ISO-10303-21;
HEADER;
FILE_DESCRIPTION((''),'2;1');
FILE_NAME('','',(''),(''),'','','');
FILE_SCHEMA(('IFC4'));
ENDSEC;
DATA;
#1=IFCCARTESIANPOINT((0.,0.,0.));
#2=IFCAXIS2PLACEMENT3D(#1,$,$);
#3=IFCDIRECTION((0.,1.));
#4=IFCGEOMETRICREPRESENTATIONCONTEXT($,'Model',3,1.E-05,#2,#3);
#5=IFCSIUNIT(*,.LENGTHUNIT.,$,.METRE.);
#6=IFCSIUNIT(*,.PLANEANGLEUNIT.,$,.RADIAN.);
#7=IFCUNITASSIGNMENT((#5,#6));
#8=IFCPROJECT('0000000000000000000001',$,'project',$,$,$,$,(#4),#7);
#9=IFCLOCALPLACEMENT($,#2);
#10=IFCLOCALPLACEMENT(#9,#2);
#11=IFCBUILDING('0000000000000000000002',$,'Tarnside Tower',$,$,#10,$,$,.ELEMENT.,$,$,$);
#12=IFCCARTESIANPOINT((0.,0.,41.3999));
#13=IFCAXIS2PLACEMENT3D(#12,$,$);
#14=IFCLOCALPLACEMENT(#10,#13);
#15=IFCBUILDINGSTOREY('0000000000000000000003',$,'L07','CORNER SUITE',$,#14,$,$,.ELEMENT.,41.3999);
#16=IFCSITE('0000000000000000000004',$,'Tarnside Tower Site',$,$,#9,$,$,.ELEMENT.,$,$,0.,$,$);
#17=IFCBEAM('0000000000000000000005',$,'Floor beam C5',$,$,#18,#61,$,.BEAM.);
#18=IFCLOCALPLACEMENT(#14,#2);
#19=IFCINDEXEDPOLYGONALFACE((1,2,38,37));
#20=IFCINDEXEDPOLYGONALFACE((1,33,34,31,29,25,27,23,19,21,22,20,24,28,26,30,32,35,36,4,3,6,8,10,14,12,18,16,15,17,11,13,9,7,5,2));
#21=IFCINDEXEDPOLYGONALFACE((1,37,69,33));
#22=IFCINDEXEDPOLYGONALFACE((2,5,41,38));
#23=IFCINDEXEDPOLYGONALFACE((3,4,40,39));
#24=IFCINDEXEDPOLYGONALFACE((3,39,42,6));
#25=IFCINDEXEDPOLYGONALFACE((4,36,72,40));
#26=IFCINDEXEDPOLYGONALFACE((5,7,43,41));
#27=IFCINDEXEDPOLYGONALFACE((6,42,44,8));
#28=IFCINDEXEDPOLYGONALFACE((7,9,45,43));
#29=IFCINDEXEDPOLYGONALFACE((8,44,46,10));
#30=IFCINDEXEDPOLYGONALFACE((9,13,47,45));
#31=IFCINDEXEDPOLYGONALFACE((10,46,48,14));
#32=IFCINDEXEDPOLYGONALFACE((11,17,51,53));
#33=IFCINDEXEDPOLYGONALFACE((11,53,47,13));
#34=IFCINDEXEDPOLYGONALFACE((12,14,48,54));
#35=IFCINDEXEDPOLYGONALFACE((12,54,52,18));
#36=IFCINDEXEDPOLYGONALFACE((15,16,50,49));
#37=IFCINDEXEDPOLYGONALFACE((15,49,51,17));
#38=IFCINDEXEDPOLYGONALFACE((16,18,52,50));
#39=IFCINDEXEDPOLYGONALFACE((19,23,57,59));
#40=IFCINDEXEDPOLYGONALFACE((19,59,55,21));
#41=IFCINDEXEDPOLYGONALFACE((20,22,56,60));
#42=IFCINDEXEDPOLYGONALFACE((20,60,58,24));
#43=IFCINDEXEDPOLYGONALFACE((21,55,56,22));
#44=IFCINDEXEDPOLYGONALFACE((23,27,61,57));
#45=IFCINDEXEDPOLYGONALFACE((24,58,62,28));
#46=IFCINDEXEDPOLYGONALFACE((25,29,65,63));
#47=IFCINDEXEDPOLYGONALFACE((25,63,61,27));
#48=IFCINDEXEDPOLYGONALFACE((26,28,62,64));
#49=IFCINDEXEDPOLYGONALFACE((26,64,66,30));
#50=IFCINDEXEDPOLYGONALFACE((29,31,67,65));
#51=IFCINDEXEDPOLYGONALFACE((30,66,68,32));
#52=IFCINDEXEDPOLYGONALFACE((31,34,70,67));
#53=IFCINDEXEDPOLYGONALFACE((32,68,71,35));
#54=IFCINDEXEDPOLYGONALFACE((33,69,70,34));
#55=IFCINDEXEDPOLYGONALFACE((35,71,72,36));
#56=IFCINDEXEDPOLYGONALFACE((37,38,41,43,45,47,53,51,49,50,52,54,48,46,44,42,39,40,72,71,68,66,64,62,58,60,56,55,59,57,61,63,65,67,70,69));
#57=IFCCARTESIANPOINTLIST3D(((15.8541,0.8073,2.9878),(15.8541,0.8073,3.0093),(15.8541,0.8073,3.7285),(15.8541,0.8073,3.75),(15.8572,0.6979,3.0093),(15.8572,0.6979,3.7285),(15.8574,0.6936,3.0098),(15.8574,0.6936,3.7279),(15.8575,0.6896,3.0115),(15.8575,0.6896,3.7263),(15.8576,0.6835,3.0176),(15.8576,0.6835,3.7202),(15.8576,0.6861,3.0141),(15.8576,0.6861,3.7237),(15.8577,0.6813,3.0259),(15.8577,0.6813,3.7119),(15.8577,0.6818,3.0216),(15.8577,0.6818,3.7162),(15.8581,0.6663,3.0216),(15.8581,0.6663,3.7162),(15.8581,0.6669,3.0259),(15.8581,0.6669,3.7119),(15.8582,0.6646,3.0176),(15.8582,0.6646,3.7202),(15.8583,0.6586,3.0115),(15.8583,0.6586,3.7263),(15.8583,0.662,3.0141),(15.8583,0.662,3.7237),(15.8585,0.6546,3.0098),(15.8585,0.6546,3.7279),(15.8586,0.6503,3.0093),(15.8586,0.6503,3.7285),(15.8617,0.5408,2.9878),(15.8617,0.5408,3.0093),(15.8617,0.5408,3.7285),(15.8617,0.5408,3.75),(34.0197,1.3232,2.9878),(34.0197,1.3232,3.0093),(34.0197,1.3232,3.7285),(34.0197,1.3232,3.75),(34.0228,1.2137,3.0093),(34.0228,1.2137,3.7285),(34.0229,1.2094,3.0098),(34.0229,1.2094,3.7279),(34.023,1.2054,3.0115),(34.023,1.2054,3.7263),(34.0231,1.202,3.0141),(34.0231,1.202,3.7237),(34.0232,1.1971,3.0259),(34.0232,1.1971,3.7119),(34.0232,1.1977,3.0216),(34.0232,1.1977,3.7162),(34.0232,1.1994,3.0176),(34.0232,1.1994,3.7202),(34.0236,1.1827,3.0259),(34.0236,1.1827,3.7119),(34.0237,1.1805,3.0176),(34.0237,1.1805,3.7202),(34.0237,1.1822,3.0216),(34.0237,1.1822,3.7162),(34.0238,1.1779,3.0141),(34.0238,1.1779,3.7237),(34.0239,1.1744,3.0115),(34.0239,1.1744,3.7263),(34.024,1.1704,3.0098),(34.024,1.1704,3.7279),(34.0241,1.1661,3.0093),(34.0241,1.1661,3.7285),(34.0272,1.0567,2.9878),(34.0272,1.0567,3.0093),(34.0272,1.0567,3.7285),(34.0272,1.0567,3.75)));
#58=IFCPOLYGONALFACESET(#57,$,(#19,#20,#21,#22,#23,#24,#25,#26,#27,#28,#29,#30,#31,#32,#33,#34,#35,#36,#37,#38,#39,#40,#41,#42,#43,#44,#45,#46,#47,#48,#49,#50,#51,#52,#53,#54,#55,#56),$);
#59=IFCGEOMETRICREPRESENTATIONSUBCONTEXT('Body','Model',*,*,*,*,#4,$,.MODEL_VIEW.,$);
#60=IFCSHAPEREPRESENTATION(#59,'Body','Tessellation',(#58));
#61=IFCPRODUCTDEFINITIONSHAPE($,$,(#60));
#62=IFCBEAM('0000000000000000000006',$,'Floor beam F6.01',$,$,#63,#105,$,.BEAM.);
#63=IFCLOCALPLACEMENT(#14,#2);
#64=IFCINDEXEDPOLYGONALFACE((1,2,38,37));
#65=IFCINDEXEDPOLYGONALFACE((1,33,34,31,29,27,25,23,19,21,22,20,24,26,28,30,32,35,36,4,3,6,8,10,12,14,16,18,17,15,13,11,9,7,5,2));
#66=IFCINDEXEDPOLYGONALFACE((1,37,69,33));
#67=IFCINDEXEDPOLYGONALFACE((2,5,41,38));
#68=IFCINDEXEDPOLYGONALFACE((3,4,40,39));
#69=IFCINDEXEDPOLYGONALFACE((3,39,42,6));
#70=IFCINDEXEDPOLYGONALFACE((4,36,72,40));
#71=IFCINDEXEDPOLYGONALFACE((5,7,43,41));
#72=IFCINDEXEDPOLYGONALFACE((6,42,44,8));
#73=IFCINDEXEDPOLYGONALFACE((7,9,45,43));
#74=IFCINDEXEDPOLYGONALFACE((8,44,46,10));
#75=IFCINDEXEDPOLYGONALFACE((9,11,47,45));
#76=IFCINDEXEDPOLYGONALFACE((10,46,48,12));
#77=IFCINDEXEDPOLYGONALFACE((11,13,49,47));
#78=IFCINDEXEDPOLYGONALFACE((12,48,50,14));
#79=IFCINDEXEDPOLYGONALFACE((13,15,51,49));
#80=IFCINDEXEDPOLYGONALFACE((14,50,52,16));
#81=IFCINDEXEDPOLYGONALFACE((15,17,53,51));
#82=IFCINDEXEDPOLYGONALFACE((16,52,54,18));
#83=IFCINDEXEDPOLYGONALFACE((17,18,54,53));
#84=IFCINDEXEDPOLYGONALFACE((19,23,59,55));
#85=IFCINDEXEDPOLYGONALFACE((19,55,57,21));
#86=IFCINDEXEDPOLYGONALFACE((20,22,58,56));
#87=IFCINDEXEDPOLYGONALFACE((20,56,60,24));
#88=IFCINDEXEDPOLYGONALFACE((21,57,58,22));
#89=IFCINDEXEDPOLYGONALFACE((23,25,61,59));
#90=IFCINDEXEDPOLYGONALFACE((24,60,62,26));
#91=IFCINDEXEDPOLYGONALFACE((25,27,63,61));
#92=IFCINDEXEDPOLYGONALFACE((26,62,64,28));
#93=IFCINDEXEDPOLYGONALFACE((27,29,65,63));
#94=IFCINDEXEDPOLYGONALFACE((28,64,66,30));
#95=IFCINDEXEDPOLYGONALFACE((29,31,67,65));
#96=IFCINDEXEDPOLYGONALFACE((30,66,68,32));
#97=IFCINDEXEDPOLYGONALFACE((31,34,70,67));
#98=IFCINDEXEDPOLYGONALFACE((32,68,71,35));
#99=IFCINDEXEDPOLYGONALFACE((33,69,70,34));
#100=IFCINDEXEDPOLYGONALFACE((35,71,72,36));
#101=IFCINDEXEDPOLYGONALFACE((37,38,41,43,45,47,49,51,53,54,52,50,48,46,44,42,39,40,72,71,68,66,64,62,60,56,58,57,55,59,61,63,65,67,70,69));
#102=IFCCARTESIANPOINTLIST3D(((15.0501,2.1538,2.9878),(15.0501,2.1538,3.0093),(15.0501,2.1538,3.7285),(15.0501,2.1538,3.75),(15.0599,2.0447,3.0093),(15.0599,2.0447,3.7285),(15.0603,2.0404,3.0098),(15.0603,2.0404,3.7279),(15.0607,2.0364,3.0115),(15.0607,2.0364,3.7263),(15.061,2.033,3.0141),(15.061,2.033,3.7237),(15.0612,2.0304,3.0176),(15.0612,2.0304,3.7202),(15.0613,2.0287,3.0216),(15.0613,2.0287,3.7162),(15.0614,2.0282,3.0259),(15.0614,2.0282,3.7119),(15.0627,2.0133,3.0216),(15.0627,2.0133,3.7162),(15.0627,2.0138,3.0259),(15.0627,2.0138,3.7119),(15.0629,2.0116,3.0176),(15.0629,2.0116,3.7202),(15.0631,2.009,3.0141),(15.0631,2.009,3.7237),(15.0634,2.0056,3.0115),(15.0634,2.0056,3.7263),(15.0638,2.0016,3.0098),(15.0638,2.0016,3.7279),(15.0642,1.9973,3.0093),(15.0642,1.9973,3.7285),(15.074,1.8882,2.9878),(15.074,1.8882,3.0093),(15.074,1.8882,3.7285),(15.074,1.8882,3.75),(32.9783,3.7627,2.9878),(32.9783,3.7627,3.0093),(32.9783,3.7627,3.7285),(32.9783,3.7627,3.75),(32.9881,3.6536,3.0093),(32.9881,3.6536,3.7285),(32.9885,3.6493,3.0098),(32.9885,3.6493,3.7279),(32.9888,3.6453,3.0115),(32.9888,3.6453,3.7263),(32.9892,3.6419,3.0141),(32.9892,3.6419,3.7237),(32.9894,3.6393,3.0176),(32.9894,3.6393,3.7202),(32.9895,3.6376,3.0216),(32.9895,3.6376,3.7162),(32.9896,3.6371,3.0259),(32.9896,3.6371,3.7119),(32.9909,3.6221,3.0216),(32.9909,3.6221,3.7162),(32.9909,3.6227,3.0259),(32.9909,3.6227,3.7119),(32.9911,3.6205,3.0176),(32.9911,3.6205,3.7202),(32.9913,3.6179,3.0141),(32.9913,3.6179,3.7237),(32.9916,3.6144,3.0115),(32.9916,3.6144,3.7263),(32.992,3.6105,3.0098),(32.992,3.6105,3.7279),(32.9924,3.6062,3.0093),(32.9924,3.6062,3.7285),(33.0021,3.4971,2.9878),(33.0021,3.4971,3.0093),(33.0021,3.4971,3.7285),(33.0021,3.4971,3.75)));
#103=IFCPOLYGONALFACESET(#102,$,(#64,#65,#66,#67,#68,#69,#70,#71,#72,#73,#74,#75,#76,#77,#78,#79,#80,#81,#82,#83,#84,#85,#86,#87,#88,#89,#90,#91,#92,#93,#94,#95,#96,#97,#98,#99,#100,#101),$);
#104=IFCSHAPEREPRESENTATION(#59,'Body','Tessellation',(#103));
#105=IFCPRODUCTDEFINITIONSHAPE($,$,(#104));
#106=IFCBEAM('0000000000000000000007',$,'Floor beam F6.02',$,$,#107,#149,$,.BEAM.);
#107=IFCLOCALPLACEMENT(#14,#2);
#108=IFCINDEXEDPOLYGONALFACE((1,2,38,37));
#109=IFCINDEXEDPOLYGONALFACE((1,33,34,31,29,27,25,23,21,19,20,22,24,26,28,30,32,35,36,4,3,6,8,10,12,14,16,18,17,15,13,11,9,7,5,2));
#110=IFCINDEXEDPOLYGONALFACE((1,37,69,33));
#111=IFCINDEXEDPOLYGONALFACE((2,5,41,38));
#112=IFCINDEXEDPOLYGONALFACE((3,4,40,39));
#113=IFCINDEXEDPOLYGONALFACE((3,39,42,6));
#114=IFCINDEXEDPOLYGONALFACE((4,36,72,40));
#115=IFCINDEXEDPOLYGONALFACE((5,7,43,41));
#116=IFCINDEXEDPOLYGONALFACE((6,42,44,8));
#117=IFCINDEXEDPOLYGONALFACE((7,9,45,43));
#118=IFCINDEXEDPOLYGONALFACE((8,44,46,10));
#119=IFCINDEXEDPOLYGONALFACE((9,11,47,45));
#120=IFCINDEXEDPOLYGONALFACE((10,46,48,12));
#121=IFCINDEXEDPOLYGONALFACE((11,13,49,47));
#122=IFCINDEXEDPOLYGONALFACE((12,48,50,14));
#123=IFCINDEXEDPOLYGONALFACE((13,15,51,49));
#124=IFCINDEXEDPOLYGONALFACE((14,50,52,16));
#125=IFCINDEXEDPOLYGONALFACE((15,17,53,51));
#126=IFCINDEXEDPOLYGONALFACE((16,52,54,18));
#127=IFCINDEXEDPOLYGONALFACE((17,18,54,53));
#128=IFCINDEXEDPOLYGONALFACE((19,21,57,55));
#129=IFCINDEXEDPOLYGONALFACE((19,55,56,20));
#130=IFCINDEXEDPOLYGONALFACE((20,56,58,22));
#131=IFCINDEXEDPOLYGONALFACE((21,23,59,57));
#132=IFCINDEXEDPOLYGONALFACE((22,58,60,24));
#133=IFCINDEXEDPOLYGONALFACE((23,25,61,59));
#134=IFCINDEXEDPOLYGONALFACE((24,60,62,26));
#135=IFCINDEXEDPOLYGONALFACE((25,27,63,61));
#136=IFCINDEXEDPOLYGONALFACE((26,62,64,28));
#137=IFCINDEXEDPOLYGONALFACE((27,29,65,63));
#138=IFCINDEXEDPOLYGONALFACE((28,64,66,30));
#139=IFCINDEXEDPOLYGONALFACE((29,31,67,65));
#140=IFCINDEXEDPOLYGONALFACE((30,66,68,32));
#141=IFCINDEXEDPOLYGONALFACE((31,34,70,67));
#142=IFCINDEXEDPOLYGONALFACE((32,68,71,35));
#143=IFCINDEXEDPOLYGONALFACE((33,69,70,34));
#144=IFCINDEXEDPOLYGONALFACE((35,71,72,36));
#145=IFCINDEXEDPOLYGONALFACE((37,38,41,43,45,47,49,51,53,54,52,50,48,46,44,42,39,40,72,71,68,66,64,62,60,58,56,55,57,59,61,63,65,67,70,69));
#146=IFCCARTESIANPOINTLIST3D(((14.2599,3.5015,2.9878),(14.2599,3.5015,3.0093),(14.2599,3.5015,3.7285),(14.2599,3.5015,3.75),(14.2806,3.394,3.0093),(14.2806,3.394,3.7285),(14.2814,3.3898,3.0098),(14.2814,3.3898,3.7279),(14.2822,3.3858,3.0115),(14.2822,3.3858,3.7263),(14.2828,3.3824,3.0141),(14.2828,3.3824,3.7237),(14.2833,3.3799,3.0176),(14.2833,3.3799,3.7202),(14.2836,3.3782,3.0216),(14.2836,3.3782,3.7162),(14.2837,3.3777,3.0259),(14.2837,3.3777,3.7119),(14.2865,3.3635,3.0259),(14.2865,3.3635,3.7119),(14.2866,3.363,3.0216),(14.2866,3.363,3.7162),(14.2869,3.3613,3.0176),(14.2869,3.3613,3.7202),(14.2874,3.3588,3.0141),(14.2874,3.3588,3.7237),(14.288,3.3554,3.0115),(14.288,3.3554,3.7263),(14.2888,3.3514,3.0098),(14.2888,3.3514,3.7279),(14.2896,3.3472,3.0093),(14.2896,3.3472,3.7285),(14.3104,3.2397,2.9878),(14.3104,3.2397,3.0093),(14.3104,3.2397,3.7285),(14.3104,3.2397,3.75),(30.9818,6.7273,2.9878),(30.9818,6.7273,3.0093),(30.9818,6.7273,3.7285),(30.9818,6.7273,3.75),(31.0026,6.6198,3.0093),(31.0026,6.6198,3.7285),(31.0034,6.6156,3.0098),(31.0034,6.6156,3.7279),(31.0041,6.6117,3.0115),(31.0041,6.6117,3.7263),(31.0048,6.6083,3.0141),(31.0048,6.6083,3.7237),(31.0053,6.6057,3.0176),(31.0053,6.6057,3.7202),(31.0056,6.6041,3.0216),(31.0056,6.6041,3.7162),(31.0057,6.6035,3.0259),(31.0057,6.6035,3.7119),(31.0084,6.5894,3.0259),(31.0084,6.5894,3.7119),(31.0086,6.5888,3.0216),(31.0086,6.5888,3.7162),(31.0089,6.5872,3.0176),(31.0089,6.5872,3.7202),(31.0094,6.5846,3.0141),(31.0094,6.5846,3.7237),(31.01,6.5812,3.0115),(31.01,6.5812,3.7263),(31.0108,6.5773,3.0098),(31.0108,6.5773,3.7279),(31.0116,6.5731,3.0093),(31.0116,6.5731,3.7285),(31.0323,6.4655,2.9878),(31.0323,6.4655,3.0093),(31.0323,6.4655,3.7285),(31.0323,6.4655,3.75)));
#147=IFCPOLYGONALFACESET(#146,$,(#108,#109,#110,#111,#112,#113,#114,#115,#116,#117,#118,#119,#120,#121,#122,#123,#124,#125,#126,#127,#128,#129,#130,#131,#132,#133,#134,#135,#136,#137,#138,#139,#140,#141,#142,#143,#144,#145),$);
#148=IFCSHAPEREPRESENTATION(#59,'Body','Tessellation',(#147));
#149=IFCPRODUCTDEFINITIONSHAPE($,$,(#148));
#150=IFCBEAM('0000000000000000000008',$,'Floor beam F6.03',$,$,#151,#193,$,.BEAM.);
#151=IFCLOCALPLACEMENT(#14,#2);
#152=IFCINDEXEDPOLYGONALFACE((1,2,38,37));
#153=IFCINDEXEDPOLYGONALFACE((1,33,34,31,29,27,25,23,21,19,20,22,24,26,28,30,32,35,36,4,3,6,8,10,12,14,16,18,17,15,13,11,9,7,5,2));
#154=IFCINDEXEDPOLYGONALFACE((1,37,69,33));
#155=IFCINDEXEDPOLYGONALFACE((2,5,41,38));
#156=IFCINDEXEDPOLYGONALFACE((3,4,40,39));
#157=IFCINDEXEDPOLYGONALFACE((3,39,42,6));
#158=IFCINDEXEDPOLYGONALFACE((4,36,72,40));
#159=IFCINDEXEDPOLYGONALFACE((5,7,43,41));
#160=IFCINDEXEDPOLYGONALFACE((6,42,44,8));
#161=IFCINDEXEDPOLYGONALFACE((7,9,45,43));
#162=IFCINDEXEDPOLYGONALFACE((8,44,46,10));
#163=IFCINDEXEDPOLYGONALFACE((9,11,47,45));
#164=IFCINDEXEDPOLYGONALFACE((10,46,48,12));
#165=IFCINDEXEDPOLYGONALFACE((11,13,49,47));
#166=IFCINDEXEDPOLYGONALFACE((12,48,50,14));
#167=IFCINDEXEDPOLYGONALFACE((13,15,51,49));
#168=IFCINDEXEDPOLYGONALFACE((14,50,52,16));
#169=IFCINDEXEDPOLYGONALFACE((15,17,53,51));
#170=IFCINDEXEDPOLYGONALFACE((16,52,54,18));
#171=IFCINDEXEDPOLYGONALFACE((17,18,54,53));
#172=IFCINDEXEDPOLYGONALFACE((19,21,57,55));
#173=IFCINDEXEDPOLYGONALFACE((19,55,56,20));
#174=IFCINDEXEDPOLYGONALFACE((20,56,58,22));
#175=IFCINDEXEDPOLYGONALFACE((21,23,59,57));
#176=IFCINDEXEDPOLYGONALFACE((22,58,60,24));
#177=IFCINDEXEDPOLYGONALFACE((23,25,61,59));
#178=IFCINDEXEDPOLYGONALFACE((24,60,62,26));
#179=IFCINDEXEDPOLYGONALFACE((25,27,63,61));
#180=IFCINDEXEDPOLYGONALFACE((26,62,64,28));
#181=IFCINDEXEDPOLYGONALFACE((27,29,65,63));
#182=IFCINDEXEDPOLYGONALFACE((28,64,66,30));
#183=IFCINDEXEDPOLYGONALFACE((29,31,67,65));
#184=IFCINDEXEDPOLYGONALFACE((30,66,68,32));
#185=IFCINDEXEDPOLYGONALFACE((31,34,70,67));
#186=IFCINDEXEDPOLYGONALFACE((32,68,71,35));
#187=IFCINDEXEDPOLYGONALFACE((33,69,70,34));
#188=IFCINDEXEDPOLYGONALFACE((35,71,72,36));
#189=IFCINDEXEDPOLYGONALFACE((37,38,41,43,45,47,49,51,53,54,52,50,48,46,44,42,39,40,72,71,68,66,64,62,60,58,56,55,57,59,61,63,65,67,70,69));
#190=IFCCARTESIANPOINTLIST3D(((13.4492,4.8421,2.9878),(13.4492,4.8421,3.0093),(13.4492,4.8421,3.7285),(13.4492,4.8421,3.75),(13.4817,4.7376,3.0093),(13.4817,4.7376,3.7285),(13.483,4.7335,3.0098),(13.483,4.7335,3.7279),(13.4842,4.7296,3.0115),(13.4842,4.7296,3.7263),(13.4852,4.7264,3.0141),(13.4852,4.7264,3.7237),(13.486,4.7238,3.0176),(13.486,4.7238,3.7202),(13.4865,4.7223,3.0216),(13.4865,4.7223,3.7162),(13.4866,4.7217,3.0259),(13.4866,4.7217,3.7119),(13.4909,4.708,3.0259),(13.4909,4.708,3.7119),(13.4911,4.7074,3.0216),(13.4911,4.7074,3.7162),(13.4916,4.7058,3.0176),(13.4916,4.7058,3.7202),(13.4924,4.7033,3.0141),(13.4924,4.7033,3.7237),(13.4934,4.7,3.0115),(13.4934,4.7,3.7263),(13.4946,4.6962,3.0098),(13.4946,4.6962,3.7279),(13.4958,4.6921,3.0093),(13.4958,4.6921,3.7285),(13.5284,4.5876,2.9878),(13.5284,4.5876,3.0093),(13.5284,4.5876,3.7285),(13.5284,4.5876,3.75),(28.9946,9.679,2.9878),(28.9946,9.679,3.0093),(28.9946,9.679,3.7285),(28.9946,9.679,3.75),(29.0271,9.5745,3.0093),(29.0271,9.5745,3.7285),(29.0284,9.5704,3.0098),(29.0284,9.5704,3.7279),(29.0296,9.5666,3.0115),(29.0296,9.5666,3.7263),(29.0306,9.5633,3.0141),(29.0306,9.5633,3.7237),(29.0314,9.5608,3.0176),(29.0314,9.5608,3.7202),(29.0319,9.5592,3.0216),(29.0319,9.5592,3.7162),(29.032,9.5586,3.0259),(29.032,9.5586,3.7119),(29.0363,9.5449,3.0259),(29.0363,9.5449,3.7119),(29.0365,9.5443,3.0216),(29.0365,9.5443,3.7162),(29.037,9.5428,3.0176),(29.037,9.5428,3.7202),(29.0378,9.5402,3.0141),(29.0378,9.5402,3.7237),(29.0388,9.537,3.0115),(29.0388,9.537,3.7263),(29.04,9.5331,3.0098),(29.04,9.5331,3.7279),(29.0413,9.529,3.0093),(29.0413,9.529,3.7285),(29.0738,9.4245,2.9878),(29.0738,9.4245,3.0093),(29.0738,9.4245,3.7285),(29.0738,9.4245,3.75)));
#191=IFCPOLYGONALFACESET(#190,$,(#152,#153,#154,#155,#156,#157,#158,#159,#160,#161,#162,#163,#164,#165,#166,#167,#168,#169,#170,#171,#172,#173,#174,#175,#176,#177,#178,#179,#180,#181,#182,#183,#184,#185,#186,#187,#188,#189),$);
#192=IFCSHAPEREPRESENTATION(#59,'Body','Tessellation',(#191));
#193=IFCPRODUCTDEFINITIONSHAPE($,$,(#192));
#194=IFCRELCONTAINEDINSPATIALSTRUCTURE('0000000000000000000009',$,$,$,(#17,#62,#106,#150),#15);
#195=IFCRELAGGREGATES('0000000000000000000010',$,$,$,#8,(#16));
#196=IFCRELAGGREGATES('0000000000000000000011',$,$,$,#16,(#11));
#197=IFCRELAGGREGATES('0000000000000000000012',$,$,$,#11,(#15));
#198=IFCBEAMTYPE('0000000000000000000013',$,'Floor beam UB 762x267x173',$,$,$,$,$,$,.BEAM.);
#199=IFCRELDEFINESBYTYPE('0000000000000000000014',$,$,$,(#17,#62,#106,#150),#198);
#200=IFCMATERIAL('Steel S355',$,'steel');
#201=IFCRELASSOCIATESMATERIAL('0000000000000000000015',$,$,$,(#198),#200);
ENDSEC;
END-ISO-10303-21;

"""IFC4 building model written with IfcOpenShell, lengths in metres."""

from ifc_helpers import new_model, si_unit, direction, frame, origin, origin_2d, place, context, subcontext, project, spatial, i_section, extrude, material, material_profile, profile_set, type_object, element, save


model = new_model("IFC4")

# Units and contexts
model_context = context("Model", 3, precision=1e-05, world=origin(), true_north=direction((0.0, 1.0)))
body_context = subcontext(model_context, "Body", "Model", "MODEL_VIEW")
ifc_project = project(units=[si_unit("LENGTHUNIT", "METRE"), si_unit("PLANEANGLEUNIT", "RADIAN")], contexts=[model_context])

# Site, building, storey
site_placement = place(None, origin())
site = spatial("IfcSite", under=ifc_project, at=site_placement, Name="Tarnside Tower Site", CompositionType="ELEMENT", RefElevation=0.0)
building_placement = place(site_placement, origin())
building = spatial("IfcBuilding", under=site, at=building_placement, Name="Tarnside Tower", CompositionType="ELEMENT")
storey_placement = place(building_placement, frame((0.0, 0.0, 41.3999)))
storey = spatial("IfcBuildingStorey", under=building, at=storey_placement, Name="L07", Description="CORNER SUITE", CompositionType="ELEMENT", Elevation=41.3999)

# Beams
ifc_material_1 = material(Name="Steel S355", Category="steel")
ifc_material_profile = material_profile(ifc_material_1, i_section(OverallWidth=0.2666, OverallDepth=0.7622, WebThickness=0.0144, FlangeThickness=0.0215, FilletRadius=0.0166, at=origin_2d()), Name="UB 762x267x173")
ifc_profile_set = profile_set([ifc_material_profile], Name="Steel S355")
beam_type = type_object("IfcBeamType", Name="Floor beam UB 762x267x173", PredefinedType="BEAM", material=ifc_profile_set)
beam_1_placement = place(storey_placement, frame((34.0234, 1.1899, 3.3689), z_axis=(-0.999597, -0.028387, 0.0), x_axis=(0.028387, -0.999597, 0.0)))
element("IfcBeam", 1, at=beam_1_placement, inside=storey, type_object=beam_type, Name="Floor beam C5", PredefinedType="BEAM", context=body_context, shape_type="SweptSolid", body=[
    extrude(i_section(OverallWidth=0.2666, OverallDepth=0.7622, WebThickness=0.0144, FlangeThickness=0.0215, FilletRadius=0.0166, at=origin_2d()), origin(), (0.0, 0.0, 1.0), 18.1729),
])
beam_2_placement = place(storey_placement, frame((32.9902, 3.6299, 3.3689), z_axis=(-0.995997, -0.089381, 0.0), x_axis=(0.089381, -0.995997, 0.0)))
element("IfcBeam", 2, at=beam_2_placement, inside=storey, type_object=beam_type, Name="Floor beam F6.01", PredefinedType="BEAM", context=body_context, shape_type="SweptSolid", body=[
    extrude(i_section(OverallWidth=0.2666, OverallDepth=0.7622, WebThickness=0.0144, FlangeThickness=0.0215, FilletRadius=0.0166, at=origin_2d()), origin(), (0.0, 0.0, 1.0), 18.0002),
])
beam_3_placement = place(storey_placement, frame((31.0071, 6.5964, 3.3689), z_axis=(-0.981897, -0.189418, 0.0), x_axis=(0.189418, -0.981897, 0.0)))
element("IfcBeam", 3, at=beam_3_placement, inside=storey, type_object=beam_type, Name="Floor beam F6.02", PredefinedType="BEAM", context=body_context, shape_type="SweptSolid", body=[
    extrude(i_section(OverallWidth=0.2666, OverallDepth=0.7622, WebThickness=0.0144, FlangeThickness=0.0215, FilletRadius=0.0166, at=origin_2d()), origin(), (0.0, 0.0, 1.0), 17.0303),
])
beam_4_placement = place(storey_placement, frame((29.0342, 9.5518, 3.3689), z_axis=(-0.954847, -0.297098, 0.0), x_axis=(0.297098, -0.954847, 0.0)))
element("IfcBeam", 4, at=beam_4_placement, inside=storey, type_object=beam_type, Name="Floor beam F6.03", PredefinedType="BEAM", context=body_context, shape_type="SweptSolid", body=[
    extrude(i_section(OverallWidth=0.2666, OverallDepth=0.7622, WebThickness=0.0144, FlangeThickness=0.0215, FilletRadius=0.0166, at=origin_2d()), origin(), (0.0, 0.0, 1.0), 16.2805),
])

save(model, "model.ifc")
